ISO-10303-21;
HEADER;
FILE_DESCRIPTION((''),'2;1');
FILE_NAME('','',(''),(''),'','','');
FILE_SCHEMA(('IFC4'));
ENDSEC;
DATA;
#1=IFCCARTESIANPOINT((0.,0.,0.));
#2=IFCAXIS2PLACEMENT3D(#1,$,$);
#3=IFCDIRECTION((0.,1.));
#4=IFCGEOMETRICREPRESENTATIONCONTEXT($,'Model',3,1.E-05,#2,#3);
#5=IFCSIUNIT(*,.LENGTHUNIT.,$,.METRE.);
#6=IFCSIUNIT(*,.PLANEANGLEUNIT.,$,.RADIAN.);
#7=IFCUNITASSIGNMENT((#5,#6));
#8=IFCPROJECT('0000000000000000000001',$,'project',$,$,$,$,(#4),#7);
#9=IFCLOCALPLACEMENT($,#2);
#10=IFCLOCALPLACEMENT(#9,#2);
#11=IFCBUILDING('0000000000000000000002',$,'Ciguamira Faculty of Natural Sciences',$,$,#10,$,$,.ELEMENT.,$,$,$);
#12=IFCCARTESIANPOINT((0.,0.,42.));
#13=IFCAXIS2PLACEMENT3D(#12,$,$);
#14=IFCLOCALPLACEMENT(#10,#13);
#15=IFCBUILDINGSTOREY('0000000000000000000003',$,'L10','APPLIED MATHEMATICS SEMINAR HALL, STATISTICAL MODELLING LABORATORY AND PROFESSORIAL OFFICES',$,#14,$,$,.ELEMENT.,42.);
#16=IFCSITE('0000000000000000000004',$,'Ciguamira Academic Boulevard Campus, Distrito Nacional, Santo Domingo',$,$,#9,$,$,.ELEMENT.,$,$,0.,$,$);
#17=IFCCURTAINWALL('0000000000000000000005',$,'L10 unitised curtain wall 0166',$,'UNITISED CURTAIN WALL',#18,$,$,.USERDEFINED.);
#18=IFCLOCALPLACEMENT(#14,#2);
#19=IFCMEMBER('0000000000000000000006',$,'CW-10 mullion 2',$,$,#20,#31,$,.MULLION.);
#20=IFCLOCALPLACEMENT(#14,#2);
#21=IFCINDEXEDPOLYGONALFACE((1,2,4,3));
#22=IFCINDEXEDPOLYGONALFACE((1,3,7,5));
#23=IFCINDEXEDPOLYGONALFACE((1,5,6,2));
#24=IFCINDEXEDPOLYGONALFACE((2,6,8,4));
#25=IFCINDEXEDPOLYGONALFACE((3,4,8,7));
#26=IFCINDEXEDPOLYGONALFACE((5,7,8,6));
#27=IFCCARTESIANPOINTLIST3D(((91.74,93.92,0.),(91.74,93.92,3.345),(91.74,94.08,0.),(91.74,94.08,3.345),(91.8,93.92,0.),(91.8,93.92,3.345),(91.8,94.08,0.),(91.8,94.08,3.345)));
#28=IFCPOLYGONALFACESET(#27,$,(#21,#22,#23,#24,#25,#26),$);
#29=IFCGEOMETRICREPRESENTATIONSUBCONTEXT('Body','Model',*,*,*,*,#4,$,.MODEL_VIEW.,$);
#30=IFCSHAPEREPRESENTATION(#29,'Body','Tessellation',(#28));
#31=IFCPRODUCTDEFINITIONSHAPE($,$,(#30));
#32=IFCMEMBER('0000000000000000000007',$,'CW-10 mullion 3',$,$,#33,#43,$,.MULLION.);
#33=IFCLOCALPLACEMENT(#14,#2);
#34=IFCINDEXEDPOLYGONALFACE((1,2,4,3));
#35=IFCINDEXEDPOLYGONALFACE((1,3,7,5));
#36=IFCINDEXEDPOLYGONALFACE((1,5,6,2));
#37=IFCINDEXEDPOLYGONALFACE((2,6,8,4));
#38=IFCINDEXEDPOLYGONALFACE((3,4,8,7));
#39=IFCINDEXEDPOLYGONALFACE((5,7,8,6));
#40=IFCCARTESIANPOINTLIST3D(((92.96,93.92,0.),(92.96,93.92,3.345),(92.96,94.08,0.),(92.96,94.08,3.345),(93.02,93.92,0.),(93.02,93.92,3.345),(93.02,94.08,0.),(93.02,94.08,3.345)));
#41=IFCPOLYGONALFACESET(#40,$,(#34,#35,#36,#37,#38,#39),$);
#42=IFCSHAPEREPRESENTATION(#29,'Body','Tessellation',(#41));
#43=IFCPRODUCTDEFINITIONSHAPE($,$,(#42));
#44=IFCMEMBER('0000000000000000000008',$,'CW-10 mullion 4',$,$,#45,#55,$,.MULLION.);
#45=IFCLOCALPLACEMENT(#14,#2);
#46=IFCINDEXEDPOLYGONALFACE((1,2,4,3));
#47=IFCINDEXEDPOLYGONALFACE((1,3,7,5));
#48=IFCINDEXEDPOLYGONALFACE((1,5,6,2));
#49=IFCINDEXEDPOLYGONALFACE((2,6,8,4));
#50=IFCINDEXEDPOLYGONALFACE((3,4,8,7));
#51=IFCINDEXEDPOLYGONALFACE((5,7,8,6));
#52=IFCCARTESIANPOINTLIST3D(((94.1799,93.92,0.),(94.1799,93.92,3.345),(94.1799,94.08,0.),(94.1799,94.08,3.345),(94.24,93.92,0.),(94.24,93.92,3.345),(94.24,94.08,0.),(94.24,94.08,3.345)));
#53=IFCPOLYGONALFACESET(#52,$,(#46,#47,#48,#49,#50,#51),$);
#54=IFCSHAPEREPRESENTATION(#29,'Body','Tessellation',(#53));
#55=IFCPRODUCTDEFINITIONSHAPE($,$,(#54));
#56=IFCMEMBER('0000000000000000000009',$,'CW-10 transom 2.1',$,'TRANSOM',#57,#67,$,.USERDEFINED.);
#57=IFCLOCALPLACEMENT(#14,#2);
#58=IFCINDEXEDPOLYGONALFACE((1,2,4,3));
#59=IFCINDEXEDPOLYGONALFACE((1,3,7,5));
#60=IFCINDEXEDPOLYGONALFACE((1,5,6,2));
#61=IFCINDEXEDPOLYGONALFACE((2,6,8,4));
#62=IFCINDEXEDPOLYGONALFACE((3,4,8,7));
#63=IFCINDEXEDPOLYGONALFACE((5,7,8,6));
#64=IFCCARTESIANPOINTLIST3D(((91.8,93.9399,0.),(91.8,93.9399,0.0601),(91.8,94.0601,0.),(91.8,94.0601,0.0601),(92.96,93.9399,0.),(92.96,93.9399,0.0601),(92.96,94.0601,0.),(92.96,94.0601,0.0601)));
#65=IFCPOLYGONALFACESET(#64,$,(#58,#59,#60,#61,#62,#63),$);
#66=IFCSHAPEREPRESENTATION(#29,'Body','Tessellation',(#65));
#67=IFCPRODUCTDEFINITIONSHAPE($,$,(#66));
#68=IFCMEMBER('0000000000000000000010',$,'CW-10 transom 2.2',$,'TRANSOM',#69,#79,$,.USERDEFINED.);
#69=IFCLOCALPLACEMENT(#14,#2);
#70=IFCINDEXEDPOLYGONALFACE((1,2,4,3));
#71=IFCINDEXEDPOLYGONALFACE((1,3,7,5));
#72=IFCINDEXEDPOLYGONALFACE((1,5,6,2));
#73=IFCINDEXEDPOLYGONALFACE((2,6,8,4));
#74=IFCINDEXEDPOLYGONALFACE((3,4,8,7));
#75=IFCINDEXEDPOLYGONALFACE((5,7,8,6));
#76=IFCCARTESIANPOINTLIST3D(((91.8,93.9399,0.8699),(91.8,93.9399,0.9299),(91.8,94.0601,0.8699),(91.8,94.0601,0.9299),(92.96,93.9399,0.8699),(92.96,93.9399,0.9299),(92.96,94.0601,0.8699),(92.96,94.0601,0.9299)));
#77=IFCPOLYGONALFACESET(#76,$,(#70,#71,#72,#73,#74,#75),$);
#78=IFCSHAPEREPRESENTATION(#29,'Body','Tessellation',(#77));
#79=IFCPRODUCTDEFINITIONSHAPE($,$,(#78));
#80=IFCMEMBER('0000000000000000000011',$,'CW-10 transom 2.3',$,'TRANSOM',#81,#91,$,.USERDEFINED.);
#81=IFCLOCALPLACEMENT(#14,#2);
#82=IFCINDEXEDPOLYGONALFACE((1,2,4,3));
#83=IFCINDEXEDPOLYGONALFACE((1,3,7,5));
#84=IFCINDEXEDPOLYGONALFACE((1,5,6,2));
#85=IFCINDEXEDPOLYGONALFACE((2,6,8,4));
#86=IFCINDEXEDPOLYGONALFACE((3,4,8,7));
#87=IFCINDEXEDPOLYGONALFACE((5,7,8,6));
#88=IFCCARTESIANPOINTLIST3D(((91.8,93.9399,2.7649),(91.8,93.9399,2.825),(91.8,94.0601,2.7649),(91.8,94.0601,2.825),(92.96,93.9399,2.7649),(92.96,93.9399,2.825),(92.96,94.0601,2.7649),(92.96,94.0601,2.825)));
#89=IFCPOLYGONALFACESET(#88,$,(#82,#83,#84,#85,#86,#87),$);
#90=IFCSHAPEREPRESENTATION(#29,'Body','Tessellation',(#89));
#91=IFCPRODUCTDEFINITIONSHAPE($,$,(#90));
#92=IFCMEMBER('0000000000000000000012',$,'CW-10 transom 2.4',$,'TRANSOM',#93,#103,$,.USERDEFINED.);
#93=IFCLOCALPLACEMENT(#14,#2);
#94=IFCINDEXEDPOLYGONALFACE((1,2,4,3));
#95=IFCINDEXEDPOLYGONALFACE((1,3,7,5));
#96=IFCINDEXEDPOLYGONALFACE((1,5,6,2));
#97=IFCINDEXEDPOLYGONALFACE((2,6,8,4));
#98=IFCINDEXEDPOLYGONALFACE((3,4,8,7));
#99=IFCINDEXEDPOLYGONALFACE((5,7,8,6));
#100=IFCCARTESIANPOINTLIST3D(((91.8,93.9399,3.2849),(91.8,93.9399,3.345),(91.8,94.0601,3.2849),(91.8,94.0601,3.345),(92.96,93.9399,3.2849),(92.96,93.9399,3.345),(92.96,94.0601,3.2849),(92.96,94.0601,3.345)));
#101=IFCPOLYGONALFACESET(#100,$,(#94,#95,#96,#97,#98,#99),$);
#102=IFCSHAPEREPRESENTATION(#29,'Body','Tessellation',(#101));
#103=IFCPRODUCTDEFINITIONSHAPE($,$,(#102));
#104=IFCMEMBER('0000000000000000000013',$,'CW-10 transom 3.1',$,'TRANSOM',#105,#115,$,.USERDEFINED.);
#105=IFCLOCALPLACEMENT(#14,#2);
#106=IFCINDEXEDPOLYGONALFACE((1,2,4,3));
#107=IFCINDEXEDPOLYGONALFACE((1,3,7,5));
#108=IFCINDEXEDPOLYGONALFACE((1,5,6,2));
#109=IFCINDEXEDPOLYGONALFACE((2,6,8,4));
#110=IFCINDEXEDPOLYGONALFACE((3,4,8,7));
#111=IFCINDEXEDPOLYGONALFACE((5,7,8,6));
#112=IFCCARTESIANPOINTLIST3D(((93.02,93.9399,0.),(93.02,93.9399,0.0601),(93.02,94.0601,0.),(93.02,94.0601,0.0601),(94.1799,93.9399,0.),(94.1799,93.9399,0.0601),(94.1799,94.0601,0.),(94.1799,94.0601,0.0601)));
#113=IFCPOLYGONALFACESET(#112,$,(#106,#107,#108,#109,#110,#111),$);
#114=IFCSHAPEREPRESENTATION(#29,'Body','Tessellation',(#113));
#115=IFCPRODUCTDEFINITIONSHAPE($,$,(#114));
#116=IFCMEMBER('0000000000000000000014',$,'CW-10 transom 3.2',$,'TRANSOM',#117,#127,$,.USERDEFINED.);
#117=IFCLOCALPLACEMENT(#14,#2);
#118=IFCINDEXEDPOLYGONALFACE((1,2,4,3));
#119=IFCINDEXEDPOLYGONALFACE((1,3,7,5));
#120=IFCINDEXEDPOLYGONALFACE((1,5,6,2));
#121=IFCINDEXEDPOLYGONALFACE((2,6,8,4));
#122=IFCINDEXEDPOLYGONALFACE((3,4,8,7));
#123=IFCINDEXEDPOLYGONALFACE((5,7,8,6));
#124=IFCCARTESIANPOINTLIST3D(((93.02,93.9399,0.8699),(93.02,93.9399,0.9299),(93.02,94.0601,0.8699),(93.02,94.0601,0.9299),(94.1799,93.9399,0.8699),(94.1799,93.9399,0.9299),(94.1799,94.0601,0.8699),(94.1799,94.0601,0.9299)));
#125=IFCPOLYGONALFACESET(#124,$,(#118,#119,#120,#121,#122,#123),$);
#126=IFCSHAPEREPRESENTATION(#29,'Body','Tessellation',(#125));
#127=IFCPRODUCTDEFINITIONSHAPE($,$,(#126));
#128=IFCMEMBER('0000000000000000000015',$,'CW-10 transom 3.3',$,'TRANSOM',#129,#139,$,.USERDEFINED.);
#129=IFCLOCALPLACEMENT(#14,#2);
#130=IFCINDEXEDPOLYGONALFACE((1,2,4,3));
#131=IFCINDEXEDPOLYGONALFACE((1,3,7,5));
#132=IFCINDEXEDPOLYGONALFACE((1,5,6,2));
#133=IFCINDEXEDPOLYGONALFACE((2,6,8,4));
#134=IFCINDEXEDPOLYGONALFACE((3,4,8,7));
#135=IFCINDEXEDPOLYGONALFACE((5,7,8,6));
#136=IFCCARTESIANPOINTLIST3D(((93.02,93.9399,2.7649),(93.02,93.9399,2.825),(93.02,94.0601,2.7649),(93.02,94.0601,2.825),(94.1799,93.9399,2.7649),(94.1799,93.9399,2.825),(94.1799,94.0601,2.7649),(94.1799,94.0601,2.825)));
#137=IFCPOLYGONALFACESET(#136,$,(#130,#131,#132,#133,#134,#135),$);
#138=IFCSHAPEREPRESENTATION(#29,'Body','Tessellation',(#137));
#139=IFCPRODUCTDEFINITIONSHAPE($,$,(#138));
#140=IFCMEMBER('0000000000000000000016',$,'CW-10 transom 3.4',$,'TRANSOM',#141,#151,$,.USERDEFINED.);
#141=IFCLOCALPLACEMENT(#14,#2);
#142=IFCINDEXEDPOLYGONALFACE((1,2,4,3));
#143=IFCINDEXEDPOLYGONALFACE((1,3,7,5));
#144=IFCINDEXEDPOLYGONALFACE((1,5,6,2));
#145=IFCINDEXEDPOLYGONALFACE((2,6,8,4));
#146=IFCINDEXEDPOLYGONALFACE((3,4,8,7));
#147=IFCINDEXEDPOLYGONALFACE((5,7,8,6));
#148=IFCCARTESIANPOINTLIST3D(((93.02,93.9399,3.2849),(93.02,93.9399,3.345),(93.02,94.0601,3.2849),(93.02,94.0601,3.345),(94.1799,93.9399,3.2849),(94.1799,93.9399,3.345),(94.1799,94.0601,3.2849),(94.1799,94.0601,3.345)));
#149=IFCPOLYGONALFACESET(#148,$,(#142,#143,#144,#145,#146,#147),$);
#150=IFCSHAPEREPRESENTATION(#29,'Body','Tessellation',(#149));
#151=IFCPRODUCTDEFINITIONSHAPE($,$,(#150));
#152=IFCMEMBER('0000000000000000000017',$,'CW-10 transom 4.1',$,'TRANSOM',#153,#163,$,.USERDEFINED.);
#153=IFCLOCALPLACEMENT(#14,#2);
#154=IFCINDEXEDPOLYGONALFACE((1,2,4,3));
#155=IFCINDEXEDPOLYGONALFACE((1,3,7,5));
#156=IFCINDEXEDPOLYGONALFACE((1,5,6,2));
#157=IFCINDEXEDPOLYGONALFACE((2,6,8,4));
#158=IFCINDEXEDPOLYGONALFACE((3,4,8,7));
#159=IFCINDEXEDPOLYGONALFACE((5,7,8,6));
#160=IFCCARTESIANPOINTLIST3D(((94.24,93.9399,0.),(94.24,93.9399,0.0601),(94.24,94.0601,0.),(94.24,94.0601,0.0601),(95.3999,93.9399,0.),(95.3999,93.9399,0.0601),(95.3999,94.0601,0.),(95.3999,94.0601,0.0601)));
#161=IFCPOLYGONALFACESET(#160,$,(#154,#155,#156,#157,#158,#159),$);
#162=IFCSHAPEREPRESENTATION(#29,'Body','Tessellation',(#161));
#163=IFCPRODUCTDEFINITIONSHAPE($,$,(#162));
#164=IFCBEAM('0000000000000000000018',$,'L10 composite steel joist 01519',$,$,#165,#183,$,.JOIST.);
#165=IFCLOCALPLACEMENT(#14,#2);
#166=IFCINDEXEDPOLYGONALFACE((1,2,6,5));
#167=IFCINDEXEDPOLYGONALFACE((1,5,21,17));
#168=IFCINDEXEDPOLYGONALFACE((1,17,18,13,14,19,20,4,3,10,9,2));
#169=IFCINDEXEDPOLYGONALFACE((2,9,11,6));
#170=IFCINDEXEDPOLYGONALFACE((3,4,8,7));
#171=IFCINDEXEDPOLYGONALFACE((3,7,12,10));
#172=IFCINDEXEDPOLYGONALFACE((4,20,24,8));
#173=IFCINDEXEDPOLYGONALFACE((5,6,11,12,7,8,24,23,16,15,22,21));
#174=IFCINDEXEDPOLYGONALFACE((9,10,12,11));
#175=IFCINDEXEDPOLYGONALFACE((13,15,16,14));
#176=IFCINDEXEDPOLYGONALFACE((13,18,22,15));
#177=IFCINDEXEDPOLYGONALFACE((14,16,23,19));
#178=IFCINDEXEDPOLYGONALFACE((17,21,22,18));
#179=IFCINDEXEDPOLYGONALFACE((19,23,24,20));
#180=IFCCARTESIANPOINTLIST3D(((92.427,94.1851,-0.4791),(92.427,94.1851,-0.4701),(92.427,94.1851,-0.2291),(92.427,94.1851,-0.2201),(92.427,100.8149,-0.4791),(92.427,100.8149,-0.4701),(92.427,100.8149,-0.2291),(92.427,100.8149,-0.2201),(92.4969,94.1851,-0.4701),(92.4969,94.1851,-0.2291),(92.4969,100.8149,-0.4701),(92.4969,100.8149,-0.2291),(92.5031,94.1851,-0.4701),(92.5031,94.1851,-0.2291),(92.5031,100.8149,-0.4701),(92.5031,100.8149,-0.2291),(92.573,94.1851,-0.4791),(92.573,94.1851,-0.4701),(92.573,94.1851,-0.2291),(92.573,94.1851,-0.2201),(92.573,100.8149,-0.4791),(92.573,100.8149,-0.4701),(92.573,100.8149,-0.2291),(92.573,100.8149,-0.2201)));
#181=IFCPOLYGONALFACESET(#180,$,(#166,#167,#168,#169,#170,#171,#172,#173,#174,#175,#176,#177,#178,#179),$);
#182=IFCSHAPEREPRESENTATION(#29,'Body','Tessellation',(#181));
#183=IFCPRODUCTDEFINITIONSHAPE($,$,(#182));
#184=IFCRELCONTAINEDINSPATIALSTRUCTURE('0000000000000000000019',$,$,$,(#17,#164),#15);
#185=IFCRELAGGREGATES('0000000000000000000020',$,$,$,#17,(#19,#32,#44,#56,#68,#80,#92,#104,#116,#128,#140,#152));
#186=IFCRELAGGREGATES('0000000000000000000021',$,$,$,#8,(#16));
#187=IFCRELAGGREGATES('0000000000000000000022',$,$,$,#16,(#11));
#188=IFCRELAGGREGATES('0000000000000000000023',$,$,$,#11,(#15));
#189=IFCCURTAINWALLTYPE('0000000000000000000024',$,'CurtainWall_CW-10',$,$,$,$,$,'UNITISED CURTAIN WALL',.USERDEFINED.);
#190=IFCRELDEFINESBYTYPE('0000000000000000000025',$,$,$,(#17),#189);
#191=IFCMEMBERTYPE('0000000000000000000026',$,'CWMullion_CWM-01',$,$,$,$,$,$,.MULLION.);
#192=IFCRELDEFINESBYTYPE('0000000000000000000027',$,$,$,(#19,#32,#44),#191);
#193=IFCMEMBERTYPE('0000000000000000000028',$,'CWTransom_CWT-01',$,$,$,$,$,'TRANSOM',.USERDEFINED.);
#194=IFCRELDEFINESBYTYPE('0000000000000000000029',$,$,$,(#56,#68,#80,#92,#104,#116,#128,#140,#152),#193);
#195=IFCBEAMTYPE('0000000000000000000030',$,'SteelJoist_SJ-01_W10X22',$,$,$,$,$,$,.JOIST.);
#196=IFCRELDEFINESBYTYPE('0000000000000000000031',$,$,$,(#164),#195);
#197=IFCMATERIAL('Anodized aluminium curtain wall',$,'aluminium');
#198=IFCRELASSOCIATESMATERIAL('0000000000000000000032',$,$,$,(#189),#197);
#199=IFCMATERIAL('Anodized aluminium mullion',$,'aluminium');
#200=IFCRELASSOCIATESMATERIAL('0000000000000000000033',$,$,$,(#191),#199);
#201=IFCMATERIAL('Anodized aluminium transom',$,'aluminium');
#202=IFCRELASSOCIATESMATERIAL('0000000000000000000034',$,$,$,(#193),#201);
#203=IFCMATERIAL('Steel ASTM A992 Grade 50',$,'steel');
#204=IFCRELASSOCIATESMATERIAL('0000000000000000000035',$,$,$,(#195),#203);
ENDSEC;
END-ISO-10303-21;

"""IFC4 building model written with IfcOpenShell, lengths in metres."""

from ifc_helpers import new_model, si_unit, direction, frame, origin, origin_2d, place, context, subcontext, project, spatial, rectangle, i_section, extrude, material, material_profile, profile_set, type_object, element, aggregate, save


model = new_model("IFC4")

# Units and contexts
model_context = context("Model", 3, precision=1e-05, world=origin(), true_north=direction((0.0, 1.0)))
body_context = subcontext(model_context, "Body", "Model", "MODEL_VIEW")
ifc_project = project(units=[si_unit("LENGTHUNIT", "METRE"), si_unit("PLANEANGLEUNIT", "RADIAN")], contexts=[model_context])

# Site, building, storey
site_placement = place(None, origin())
site = spatial("IfcSite", under=ifc_project, at=site_placement, Name="Ciguamira Academic Boulevard Campus, Distrito Nacional, Santo Domingo", CompositionType="ELEMENT", RefElevation=0.0)
building_placement = place(site_placement, origin())
building = spatial("IfcBuilding", under=site, at=building_placement, Name="Ciguamira Faculty of Natural Sciences", CompositionType="ELEMENT")
storey_placement = place(building_placement, frame((0.0, 0.0, 42.0)))
storey = spatial("IfcBuildingStorey", under=building, at=storey_placement, Name="L10", Description="APPLIED MATHEMATICS SEMINAR HALL, STATISTICAL MODELLING LABORATORY AND PROFESSORIAL OFFICES", CompositionType="ELEMENT", Elevation=42.0)

# Curtain wall, members
ifc_material_1 = material(Name="Anodized aluminium curtain wall", Category="aluminium")
curtain_wall_type = type_object("IfcCurtainWallType", Name="CurtainWall_CW-10", ElementType="UNITISED CURTAIN WALL", PredefinedType="USERDEFINED", material=ifc_material_1)
curtain_wall_placement = place(storey_placement, origin())
curtain_wall = element("IfcCurtainWall", 1, at=curtain_wall_placement, inside=storey, type_object=curtain_wall_type, Name="L10 unitised curtain wall 0166", ObjectType="UNITISED CURTAIN WALL", PredefinedType="USERDEFINED")
ifc_material_2 = material(Name="Anodized aluminium mullion", Category="aluminium")
ifc_material_profile_1 = material_profile(ifc_material_2, rectangle(XDim=0.0601, YDim=0.1599, at=origin_2d()), Name="ALU-MUL-60X160")
ifc_profile_set_1 = profile_set([ifc_material_profile_1], Name="Anodized aluminium mullion")
member_type_1 = type_object("IfcMemberType", Name="CWMullion_CWM-01", PredefinedType="MULLION", material=ifc_profile_set_1)
member_1_placement = place(storey_placement, frame((91.77, 94.0, 0.0), z_axis=(0.0, 0.0, 1.0), x_axis=(1.0, 0.0, 0.0)))
member_1 = element("IfcMember", 2, at=member_1_placement, type_object=member_type_1, Name="CW-10 mullion 2", PredefinedType="MULLION", context=body_context, shape_type="SweptSolid", body=[
    extrude(rectangle(XDim=0.0601, YDim=0.1599, at=origin_2d()), origin(), (0.0, 0.0, 1.0), 3.345),
])
member_2_placement = place(storey_placement, frame((92.99, 94.0, 0.0), z_axis=(0.0, 0.0, 1.0), x_axis=(1.0, 0.0, 0.0)))
member_2 = element("IfcMember", 3, at=member_2_placement, type_object=member_type_1, Name="CW-10 mullion 3", PredefinedType="MULLION", context=body_context, shape_type="SweptSolid", body=[
    extrude(rectangle(XDim=0.0601, YDim=0.1599, at=origin_2d()), origin(), (0.0, 0.0, 1.0), 3.345),
])
member_3_placement = place(storey_placement, frame((94.21, 94.0, 0.0), z_axis=(0.0, 0.0, 1.0), x_axis=(1.0, 0.0, 0.0)))
member_3 = element("IfcMember", 4, at=member_3_placement, type_object=member_type_1, Name="CW-10 mullion 4", PredefinedType="MULLION", context=body_context, shape_type="SweptSolid", body=[
    extrude(rectangle(XDim=0.0601, YDim=0.1599, at=origin_2d()), origin(), (0.0, 0.0, 1.0), 3.345),
])
ifc_material_3 = material(Name="Anodized aluminium transom", Category="aluminium")
ifc_material_profile_2 = material_profile(ifc_material_3, rectangle(XDim=0.0601, YDim=0.1201, at=origin_2d()), Name="ALU-TRN-60X120")
ifc_profile_set_2 = profile_set([ifc_material_profile_2], Name="Anodized aluminium transom")
member_type_2 = type_object("IfcMemberType", Name="CWTransom_CWT-01", ElementType="TRANSOM", PredefinedType="USERDEFINED", material=ifc_profile_set_2)
member_4_placement = place(storey_placement, frame((91.8, 94.0, 0.03), z_axis=(1.0, 0.0, 0.0), x_axis=(0.0, 0.0, 1.0)))
member_4 = element("IfcMember", 5, at=member_4_placement, type_object=member_type_2, Name="CW-10 transom 2.1", ObjectType="TRANSOM", PredefinedType="USERDEFINED", context=body_context, shape_type="SweptSolid", body=[
    extrude(rectangle(XDim=0.0601, YDim=0.1201, at=origin_2d()), origin(), (0.0, 0.0, 1.0), 1.1599),
])
member_5_placement = place(storey_placement, frame((91.8, 94.0, 0.8999), z_axis=(1.0, 0.0, 0.0), x_axis=(0.0, 0.0, 1.0)))
member_5 = element("IfcMember", 6, at=member_5_placement, type_object=member_type_2, Name="CW-10 transom 2.2", ObjectType="TRANSOM", PredefinedType="USERDEFINED", context=body_context, shape_type="SweptSolid", body=[
    extrude(rectangle(XDim=0.0601, YDim=0.1201, at=origin_2d()), origin(), (0.0, 0.0, 1.0), 1.1599),
])
member_6_placement = place(storey_placement, frame((91.8, 94.0, 2.7949), z_axis=(1.0, 0.0, 0.0), x_axis=(0.0, 0.0, 1.0)))
member_6 = element("IfcMember", 7, at=member_6_placement, type_object=member_type_2, Name="CW-10 transom 2.3", ObjectType="TRANSOM", PredefinedType="USERDEFINED", context=body_context, shape_type="SweptSolid", body=[
    extrude(rectangle(XDim=0.0601, YDim=0.1201, at=origin_2d()), origin(), (0.0, 0.0, 1.0), 1.1599),
])
member_7_placement = place(storey_placement, frame((91.8, 94.0, 3.3149), z_axis=(1.0, 0.0, 0.0), x_axis=(0.0, 0.0, 1.0)))
member_7 = element("IfcMember", 8, at=member_7_placement, type_object=member_type_2, Name="CW-10 transom 2.4", ObjectType="TRANSOM", PredefinedType="USERDEFINED", context=body_context, shape_type="SweptSolid", body=[
    extrude(rectangle(XDim=0.0601, YDim=0.1201, at=origin_2d()), origin(), (0.0, 0.0, 1.0), 1.1599),
])
member_8_placement = place(storey_placement, frame((93.02, 94.0, 0.03), z_axis=(1.0, 0.0, 0.0), x_axis=(0.0, 0.0, 1.0)))
member_8 = element("IfcMember", 9, at=member_8_placement, type_object=member_type_2, Name="CW-10 transom 3.1", ObjectType="TRANSOM", PredefinedType="USERDEFINED", context=body_context, shape_type="SweptSolid", body=[
    extrude(rectangle(XDim=0.0601, YDim=0.1201, at=origin_2d()), origin(), (0.0, 0.0, 1.0), 1.1599),
])
member_9_placement = place(storey_placement, frame((93.02, 94.0, 0.8999), z_axis=(1.0, 0.0, 0.0), x_axis=(0.0, 0.0, 1.0)))
member_9 = element("IfcMember", 10, at=member_9_placement, type_object=member_type_2, Name="CW-10 transom 3.2", ObjectType="TRANSOM", PredefinedType="USERDEFINED", context=body_context, shape_type="SweptSolid", body=[
    extrude(rectangle(XDim=0.0601, YDim=0.1201, at=origin_2d()), origin(), (0.0, 0.0, 1.0), 1.1599),
])
member_10_placement = place(storey_placement, frame((93.02, 94.0, 2.7949), z_axis=(1.0, 0.0, 0.0), x_axis=(0.0, 0.0, 1.0)))
member_10 = element("IfcMember", 11, at=member_10_placement, type_object=member_type_2, Name="CW-10 transom 3.3", ObjectType="TRANSOM", PredefinedType="USERDEFINED", context=body_context, shape_type="SweptSolid", body=[
    extrude(rectangle(XDim=0.0601, YDim=0.1201, at=origin_2d()), origin(), (0.0, 0.0, 1.0), 1.1599),
])
member_11_placement = place(storey_placement, frame((93.02, 94.0, 3.3149), z_axis=(1.0, 0.0, 0.0), x_axis=(0.0, 0.0, 1.0)))
member_11 = element("IfcMember", 12, at=member_11_placement, type_object=member_type_2, Name="CW-10 transom 3.4", ObjectType="TRANSOM", PredefinedType="USERDEFINED", context=body_context, shape_type="SweptSolid", body=[
    extrude(rectangle(XDim=0.0601, YDim=0.1201, at=origin_2d()), origin(), (0.0, 0.0, 1.0), 1.1599),
])
member_12_placement = place(storey_placement, frame((94.24, 94.0, 0.03), z_axis=(1.0, 0.0, 0.0), x_axis=(0.0, 0.0, 1.0)))
member_12 = element("IfcMember", 13, at=member_12_placement, type_object=member_type_2, Name="CW-10 transom 4.1", ObjectType="TRANSOM", PredefinedType="USERDEFINED", context=body_context, shape_type="SweptSolid", body=[
    extrude(rectangle(XDim=0.0601, YDim=0.1201, at=origin_2d()), origin(), (0.0, 0.0, 1.0), 1.1599),
])

# Beam
ifc_material_4 = material(Name="Steel ASTM A992 Grade 50", Category="steel")
ifc_material_profile_3 = material_profile(ifc_material_4, i_section(OverallWidth=0.146, OverallDepth=0.259, WebThickness=0.0061, FlangeThickness=0.009, at=origin_2d()), Name="W10X22")
ifc_profile_set_3 = profile_set([ifc_material_profile_3], Name="Steel ASTM A992 Grade 50")
beam_type_1 = type_object("IfcBeamType", Name="SteelJoist_SJ-01_W10X22", PredefinedType="JOIST", material=ifc_profile_set_3)
beam_1_placement = place(storey_placement, frame((92.5, 94.1851, -0.3496), z_axis=(0.0, 1.0, 0.0), x_axis=(-1.0, 0.0, 0.0)))
element("IfcBeam", 14, at=beam_1_placement, inside=storey, type_object=beam_type_1, Name="L10 composite steel joist 01519", PredefinedType="JOIST", context=body_context, shape_type="SweptSolid", body=[
    extrude(i_section(OverallWidth=0.146, OverallDepth=0.259, WebThickness=0.0061, FlangeThickness=0.009, at=origin_2d()), origin(), (0.0, 0.0, 1.0), 6.6299),
])

aggregate(curtain_wall, [member_1, member_2, member_3, member_4, member_5, member_6, member_7, member_8, member_9, member_10, member_11, member_12])

save(model, "model.ifc")
